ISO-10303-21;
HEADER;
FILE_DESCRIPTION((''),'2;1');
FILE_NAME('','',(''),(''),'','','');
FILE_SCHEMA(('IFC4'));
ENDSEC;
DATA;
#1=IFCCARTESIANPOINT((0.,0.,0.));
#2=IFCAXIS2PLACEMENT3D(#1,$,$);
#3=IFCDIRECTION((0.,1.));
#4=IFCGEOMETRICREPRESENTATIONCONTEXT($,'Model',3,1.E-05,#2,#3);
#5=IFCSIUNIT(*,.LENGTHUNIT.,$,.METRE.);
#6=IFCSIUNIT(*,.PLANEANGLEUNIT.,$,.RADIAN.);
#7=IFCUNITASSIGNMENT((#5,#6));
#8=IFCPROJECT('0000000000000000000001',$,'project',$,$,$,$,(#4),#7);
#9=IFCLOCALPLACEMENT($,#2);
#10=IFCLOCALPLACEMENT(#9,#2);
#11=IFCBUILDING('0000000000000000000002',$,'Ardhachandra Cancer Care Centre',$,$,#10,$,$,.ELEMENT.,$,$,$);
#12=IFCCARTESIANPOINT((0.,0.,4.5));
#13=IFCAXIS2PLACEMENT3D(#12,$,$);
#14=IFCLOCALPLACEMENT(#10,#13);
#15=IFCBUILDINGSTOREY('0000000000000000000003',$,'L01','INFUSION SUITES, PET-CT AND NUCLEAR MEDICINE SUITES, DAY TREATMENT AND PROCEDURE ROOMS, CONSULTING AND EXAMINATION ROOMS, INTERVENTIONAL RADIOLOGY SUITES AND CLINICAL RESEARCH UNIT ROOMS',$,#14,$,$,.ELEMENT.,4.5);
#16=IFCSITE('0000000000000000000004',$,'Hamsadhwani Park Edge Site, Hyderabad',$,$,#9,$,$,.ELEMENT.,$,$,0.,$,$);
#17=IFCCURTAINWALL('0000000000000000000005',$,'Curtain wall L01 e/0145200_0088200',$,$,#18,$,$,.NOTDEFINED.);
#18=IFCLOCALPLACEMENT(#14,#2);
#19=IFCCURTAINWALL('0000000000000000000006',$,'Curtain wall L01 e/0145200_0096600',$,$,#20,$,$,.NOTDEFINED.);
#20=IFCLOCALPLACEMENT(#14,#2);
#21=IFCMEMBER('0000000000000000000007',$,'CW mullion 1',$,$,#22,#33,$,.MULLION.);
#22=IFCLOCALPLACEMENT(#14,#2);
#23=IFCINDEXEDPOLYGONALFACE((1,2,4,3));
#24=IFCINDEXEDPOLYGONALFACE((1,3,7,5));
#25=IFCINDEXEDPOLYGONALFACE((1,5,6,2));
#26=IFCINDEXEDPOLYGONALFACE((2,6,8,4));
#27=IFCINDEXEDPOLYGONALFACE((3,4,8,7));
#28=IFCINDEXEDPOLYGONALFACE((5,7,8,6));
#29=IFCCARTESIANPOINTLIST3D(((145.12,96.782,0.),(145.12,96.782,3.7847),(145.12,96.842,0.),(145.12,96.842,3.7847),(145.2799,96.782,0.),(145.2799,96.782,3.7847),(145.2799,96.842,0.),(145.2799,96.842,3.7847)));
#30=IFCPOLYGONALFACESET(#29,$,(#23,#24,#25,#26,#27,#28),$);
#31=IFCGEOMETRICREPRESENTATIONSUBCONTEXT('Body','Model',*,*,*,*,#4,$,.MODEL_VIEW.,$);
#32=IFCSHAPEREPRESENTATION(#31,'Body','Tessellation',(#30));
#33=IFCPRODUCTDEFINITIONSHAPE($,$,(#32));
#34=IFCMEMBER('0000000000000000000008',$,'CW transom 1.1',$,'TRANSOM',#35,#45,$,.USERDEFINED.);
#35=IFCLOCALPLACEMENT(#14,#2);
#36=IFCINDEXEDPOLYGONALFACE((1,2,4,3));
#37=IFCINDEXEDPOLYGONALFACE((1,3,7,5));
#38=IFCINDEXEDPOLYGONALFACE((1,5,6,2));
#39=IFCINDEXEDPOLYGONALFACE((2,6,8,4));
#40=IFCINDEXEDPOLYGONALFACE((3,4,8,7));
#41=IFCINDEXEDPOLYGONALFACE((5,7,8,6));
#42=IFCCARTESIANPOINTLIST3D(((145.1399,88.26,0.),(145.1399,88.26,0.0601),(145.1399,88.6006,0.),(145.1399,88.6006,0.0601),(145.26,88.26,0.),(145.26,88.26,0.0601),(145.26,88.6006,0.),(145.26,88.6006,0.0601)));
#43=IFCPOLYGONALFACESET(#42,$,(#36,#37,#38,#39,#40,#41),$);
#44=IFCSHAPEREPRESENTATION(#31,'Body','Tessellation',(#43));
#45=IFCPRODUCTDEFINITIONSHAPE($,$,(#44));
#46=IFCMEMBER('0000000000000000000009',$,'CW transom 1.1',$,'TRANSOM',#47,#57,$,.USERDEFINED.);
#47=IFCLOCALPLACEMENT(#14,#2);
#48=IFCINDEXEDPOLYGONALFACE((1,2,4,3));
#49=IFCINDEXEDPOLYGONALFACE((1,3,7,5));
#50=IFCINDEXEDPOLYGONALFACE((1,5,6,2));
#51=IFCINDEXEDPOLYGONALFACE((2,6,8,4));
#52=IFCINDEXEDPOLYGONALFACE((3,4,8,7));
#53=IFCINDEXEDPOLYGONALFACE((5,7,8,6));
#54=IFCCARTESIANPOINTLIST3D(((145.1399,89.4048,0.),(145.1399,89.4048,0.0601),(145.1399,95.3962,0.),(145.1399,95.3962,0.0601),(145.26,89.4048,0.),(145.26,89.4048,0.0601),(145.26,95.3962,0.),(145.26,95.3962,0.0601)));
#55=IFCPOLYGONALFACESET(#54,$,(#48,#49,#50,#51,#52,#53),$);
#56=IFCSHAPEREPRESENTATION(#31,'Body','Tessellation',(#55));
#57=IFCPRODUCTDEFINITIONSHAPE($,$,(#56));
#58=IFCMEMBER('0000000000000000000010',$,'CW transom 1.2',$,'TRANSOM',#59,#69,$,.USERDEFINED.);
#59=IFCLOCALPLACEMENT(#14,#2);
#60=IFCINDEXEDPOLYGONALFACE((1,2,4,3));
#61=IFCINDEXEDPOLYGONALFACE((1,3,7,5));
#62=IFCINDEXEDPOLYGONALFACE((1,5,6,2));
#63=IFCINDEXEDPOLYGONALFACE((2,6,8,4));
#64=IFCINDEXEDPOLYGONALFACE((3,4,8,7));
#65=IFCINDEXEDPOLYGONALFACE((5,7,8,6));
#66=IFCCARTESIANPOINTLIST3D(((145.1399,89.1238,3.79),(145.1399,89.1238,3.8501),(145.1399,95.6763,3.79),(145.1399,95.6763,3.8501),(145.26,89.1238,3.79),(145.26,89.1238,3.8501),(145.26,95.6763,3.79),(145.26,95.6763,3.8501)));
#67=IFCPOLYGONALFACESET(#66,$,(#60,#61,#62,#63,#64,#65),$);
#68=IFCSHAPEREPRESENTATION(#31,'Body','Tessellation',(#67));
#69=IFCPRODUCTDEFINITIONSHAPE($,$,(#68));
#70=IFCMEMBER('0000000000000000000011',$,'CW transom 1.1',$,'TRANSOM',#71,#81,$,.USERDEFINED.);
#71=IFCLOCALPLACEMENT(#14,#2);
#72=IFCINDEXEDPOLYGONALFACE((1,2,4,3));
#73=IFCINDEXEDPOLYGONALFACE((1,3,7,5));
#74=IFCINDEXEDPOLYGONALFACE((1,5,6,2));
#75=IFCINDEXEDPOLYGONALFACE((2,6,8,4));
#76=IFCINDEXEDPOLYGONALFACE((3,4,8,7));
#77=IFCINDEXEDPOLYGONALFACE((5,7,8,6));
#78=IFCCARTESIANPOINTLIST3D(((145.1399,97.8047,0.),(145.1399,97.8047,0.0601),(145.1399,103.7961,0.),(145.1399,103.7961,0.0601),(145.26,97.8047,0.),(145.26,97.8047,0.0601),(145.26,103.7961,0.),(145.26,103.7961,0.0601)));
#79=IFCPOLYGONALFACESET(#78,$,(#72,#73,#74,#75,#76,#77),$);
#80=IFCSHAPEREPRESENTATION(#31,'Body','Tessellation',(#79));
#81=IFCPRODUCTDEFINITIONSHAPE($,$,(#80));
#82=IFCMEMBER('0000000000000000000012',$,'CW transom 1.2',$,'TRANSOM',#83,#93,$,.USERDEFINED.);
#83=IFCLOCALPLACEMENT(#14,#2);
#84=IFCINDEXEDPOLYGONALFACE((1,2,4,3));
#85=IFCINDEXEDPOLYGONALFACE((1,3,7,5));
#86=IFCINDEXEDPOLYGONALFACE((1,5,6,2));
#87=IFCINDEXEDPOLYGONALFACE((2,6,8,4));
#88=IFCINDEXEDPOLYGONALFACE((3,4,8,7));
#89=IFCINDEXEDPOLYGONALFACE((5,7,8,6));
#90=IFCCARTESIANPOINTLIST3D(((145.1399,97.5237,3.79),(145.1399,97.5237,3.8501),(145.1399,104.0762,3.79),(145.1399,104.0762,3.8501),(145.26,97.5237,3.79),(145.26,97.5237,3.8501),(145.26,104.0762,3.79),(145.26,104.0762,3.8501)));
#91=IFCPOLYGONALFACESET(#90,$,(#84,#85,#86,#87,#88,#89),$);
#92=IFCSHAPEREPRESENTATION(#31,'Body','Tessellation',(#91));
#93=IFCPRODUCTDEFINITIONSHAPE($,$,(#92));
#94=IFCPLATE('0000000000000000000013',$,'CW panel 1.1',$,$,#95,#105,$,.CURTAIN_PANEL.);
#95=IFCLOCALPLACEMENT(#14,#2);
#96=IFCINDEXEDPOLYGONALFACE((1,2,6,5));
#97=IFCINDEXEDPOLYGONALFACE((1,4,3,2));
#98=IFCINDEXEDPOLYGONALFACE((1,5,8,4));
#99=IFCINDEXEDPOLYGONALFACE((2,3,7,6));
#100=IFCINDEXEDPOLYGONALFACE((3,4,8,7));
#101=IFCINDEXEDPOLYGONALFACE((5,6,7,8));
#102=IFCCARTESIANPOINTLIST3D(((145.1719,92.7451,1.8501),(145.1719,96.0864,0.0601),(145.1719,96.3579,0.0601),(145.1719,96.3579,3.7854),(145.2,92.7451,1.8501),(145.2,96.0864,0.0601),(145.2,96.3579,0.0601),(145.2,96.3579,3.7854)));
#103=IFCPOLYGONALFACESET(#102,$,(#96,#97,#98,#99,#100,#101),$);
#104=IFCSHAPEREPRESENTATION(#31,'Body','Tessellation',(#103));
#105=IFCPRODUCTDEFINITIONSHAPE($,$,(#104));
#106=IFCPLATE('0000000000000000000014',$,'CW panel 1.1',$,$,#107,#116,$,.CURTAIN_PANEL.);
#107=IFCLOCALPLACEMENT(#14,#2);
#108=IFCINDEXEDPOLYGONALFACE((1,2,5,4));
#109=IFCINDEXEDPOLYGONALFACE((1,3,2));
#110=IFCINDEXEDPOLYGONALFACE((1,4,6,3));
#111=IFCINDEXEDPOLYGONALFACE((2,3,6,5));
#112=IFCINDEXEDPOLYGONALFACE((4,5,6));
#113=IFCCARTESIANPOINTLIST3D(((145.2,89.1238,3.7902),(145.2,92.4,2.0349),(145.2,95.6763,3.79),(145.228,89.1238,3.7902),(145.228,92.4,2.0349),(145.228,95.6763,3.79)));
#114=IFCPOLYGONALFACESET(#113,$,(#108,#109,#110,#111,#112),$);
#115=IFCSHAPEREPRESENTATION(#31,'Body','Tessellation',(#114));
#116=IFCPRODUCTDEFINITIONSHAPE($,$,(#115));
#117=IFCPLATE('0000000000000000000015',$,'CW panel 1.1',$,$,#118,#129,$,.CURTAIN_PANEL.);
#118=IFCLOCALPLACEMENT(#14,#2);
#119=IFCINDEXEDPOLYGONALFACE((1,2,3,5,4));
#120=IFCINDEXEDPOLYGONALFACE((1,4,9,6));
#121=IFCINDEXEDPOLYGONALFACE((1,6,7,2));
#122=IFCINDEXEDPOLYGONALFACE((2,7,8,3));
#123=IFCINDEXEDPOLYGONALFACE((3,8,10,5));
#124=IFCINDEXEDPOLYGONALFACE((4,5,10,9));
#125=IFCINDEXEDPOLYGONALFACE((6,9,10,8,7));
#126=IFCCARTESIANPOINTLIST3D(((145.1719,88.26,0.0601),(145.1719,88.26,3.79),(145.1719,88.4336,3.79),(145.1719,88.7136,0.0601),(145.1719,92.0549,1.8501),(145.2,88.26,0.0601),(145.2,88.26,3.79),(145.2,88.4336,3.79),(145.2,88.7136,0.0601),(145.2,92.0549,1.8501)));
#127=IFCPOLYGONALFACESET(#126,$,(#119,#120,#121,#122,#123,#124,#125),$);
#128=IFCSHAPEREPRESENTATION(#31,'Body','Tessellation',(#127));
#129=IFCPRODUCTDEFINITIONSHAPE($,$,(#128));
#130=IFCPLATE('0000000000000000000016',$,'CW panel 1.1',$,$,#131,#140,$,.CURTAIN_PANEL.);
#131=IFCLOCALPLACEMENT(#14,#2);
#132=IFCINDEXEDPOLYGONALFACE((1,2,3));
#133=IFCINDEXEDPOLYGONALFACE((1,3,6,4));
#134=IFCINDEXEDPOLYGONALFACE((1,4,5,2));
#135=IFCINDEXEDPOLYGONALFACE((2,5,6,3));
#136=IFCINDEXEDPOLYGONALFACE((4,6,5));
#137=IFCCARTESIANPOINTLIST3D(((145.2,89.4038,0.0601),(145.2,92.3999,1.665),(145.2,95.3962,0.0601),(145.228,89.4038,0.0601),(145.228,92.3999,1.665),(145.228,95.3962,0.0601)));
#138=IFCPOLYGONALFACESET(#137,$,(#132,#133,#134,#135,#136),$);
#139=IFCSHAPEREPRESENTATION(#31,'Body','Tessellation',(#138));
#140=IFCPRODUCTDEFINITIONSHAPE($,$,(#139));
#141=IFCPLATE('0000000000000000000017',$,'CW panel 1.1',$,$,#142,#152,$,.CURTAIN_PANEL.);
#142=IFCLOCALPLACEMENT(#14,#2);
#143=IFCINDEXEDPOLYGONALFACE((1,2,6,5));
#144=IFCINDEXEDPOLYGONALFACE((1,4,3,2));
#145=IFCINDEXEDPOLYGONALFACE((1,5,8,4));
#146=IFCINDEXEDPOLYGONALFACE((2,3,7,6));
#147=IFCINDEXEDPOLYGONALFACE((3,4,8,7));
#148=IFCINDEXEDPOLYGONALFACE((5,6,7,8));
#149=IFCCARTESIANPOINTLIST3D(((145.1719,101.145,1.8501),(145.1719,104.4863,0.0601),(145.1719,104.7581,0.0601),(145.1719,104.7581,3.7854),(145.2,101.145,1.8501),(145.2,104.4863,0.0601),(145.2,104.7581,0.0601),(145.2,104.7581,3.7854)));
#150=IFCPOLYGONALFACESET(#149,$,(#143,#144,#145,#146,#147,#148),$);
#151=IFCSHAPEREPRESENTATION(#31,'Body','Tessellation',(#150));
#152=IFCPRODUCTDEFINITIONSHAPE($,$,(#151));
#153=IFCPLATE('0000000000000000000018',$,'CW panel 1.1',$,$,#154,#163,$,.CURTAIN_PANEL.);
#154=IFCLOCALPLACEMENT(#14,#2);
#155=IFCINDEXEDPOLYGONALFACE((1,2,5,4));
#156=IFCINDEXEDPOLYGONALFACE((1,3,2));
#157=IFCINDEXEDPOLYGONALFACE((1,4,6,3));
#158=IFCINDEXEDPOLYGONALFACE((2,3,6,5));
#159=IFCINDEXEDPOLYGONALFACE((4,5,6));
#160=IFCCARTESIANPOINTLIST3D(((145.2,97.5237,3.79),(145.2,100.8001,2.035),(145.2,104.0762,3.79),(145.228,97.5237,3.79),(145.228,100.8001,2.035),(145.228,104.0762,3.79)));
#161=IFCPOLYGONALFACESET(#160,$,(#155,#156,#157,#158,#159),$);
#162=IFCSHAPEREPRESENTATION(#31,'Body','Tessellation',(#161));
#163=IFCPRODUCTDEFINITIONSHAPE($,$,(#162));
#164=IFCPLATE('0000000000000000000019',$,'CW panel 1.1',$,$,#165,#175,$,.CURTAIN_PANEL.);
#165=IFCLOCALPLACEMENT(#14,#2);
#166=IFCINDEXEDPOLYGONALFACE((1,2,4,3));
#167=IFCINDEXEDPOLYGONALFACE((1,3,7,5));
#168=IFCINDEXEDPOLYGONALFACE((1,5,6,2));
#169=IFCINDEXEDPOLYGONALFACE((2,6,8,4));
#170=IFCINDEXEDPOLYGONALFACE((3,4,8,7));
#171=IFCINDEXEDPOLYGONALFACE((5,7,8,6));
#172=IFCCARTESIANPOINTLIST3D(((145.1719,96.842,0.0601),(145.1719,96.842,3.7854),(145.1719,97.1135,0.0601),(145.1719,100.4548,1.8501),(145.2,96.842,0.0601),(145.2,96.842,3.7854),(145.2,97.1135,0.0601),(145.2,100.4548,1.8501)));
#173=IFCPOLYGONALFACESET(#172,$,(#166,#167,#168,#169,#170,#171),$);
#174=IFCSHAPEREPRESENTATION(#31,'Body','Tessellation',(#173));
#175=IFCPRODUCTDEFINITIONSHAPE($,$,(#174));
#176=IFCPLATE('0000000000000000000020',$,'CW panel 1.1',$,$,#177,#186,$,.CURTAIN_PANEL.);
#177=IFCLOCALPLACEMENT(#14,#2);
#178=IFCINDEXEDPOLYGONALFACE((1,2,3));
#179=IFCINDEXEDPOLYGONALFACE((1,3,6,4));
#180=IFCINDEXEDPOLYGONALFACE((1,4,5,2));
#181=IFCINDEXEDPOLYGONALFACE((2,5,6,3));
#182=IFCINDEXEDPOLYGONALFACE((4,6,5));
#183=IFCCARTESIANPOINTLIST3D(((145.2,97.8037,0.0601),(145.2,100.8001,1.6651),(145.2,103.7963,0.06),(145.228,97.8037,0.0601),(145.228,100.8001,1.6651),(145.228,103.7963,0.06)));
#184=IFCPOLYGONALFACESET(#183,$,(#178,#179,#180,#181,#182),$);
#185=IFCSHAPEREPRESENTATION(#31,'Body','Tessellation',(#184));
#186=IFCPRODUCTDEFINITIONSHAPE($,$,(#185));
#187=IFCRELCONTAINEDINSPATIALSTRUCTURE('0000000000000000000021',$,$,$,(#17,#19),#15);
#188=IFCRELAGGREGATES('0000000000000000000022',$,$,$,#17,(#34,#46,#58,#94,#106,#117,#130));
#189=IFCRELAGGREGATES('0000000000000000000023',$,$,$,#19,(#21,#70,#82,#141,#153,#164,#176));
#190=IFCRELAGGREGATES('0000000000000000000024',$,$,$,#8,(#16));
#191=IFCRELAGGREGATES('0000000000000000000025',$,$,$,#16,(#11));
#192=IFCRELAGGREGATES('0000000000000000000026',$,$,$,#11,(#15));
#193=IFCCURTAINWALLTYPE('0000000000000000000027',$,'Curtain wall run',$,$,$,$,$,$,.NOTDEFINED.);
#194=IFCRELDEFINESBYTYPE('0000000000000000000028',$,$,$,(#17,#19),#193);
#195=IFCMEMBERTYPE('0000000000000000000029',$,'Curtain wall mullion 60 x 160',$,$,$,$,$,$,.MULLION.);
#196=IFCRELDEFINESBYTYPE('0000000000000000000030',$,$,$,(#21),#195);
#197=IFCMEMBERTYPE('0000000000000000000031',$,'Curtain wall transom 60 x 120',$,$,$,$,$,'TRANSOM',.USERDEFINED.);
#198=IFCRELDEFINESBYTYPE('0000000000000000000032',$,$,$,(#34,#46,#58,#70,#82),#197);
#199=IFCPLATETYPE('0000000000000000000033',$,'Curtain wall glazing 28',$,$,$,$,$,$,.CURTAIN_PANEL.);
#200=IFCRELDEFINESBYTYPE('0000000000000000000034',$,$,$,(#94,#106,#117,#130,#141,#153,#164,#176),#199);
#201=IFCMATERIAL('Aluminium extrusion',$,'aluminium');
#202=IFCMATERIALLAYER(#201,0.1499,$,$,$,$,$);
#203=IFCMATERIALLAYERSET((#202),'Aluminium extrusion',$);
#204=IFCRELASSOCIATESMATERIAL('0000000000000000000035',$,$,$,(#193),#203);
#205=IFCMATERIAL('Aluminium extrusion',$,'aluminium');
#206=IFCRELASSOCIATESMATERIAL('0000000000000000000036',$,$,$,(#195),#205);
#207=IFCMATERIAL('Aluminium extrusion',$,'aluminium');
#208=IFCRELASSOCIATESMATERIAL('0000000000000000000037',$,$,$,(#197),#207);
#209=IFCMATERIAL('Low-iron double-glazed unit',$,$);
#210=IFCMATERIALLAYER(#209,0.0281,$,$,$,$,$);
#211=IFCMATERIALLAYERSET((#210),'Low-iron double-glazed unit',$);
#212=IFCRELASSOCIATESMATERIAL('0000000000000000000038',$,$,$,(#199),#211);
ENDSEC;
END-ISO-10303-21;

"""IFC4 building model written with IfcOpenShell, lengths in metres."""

from ifc_helpers import new_model, si_unit, direction, frame, origin, origin_2d, place, context, subcontext, project, spatial, polyline, rectangle, outline, extrude, material, layer, layer_set, material_profile, profile_set, type_object, element, aggregate, save


model = new_model("IFC4")

# Units and contexts
model_context = context("Model", 3, precision=1e-05, world=origin(), true_north=direction((0.0, 1.0)))
body_context = subcontext(model_context, "Body", "Model", "MODEL_VIEW")
ifc_project = project(units=[si_unit("LENGTHUNIT", "METRE"), si_unit("PLANEANGLEUNIT", "RADIAN")], contexts=[model_context])

# Site, building, storey
site_placement = place(None, origin())
site = spatial("IfcSite", under=ifc_project, at=site_placement, Name="Hamsadhwani Park Edge Site, Hyderabad", CompositionType="ELEMENT", RefElevation=0.0)
building_placement = place(site_placement, origin())
building = spatial("IfcBuilding", under=site, at=building_placement, Name="Ardhachandra Cancer Care Centre", CompositionType="ELEMENT")
storey_placement = place(building_placement, frame((0.0, 0.0, 4.5)))
storey = spatial("IfcBuildingStorey", under=building, at=storey_placement, Name="L01", Description="INFUSION SUITES, PET-CT AND NUCLEAR MEDICINE SUITES, DAY TREATMENT AND PROCEDURE ROOMS, CONSULTING AND EXAMINATION ROOMS, INTERVENTIONAL RADIOLOGY SUITES AND CLINICAL RESEARCH UNIT ROOMS", CompositionType="ELEMENT", Elevation=4.5)

# Curtain wall
ifc_material_1 = material(Name="Aluminium extrusion", Category="aluminium")
ifc_layer_1 = layer(ifc_material_1, 0.1499)
ifc_layer_set_1 = layer_set([ifc_layer_1], Name="Aluminium extrusion")
curtain_wall_type = type_object("IfcCurtainWallType", Name="Curtain wall run", PredefinedType="NOTDEFINED", material=ifc_layer_set_1)
curtain_wall_1_placement = place(storey_placement, origin())
curtain_wall_1 = element("IfcCurtainWall", 1, at=curtain_wall_1_placement, inside=storey, type_object=curtain_wall_type, Name="Curtain wall L01 e/0145200_0088200", PredefinedType="NOTDEFINED")
ifc_material_2 = material(Name="Aluminium extrusion", Category="aluminium")
ifc_material_profile_1 = material_profile(ifc_material_2, rectangle(XDim=0.1599, YDim=0.0601, at=origin_2d()), Name="Curtain wall mullion 60 x 160")
ifc_profile_set_1 = profile_set([ifc_material_profile_1], Name="Aluminium extrusion")
member_type_1 = type_object("IfcMemberType", Name="Curtain wall mullion 60 x 160", PredefinedType="MULLION", material=ifc_profile_set_1)

# Curtain wall, member
curtain_wall_2_placement = place(storey_placement, origin())
curtain_wall_2 = element("IfcCurtainWall", 2, at=curtain_wall_2_placement, inside=storey, type_object=curtain_wall_type, Name="Curtain wall L01 e/0145200_0096600", PredefinedType="NOTDEFINED")
member_1_placement = place(storey_placement, frame((145.2, 96.812, 0.0), z_axis=(0.0, 0.0, 1.0), x_axis=(-1.0, 0.0, 0.0)))
member_1 = element("IfcMember", 3, at=member_1_placement, type_object=member_type_1, Name="CW mullion 1", PredefinedType="MULLION", context=body_context, shape_type="SweptSolid", body=[
    extrude(rectangle(XDim=0.1599, YDim=0.0601, at=origin_2d()), origin(), (0.0, 0.0, 1.0), 3.7847),
])

# Members
ifc_material_3 = material(Name="Aluminium extrusion", Category="aluminium")
ifc_material_profile_2 = material_profile(ifc_material_3, rectangle(XDim=0.1201, YDim=0.0601, at=origin_2d()), Name="Curtain wall transom 60 x 120")
ifc_profile_set_2 = profile_set([ifc_material_profile_2], Name="Aluminium extrusion")
member_type_2 = type_object("IfcMemberType", Name="Curtain wall transom 60 x 120", ElementType="TRANSOM", PredefinedType="USERDEFINED", material=ifc_profile_set_2)
member_2_placement = place(storey_placement, frame((145.2, 88.26, 0.03), z_axis=(0.0, 1.0, 0.0), x_axis=(-1.0, 0.0, 0.0)))
member_2 = element("IfcMember", 4, at=member_2_placement, type_object=member_type_2, Name="CW transom 1.1", ObjectType="TRANSOM", PredefinedType="USERDEFINED", context=body_context, shape_type="SweptSolid", body=[
    extrude(rectangle(XDim=0.1201, YDim=0.0601, at=origin_2d()), origin(), (0.0, 0.0, 1.0), 0.3406),
])
member_3_placement = place(storey_placement, frame((145.2, 89.4048, 0.03), z_axis=(0.0, 1.0, 0.0), x_axis=(-1.0, 0.0, 0.0)))
member_3 = element("IfcMember", 5, at=member_3_placement, type_object=member_type_2, Name="CW transom 1.1", ObjectType="TRANSOM", PredefinedType="USERDEFINED", context=body_context, shape_type="SweptSolid", body=[
    extrude(rectangle(XDim=0.1201, YDim=0.0601, at=origin_2d()), origin(), (0.0, 0.0, 1.0), 5.9915),
])
member_4_placement = place(storey_placement, frame((145.2, 89.1238, 3.8201), z_axis=(0.0, 1.0, 0.0), x_axis=(-1.0, 0.0, 0.0)))
member_4 = element("IfcMember", 6, at=member_4_placement, type_object=member_type_2, Name="CW transom 1.2", ObjectType="TRANSOM", PredefinedType="USERDEFINED", context=body_context, shape_type="SweptSolid", body=[
    extrude(rectangle(XDim=0.1201, YDim=0.0601, at=origin_2d()), origin(), (0.0, 0.0, 1.0), 6.5525),
])
member_5_placement = place(storey_placement, frame((145.2, 97.8047, 0.03), z_axis=(0.0, 1.0, 0.0), x_axis=(-1.0, 0.0, 0.0)))
member_5 = element("IfcMember", 7, at=member_5_placement, type_object=member_type_2, Name="CW transom 1.1", ObjectType="TRANSOM", PredefinedType="USERDEFINED", context=body_context, shape_type="SweptSolid", body=[
    extrude(rectangle(XDim=0.1201, YDim=0.0601, at=origin_2d()), origin(), (0.0, 0.0, 1.0), 5.9915),
])
member_6_placement = place(storey_placement, frame((145.2, 97.5237, 3.8201), z_axis=(0.0, 1.0, 0.0), x_axis=(-1.0, 0.0, 0.0)))
member_6 = element("IfcMember", 8, at=member_6_placement, type_object=member_type_2, Name="CW transom 1.2", ObjectType="TRANSOM", PredefinedType="USERDEFINED", context=body_context, shape_type="SweptSolid", body=[
    extrude(rectangle(XDim=0.1201, YDim=0.0601, at=origin_2d()), origin(), (0.0, 0.0, 1.0), 6.5525),
])

# Plates
ifc_material_4 = material(Name="Low-iron double-glazed unit")
ifc_layer_2 = layer(ifc_material_4, 0.0281)
ifc_layer_set_2 = layer_set([ifc_layer_2], Name="Low-iron double-glazed unit")
plate_type = type_object("IfcPlateType", Name="Curtain wall glazing 28", PredefinedType="CURTAIN_PANEL", material=ifc_layer_set_2)
plate_1_placement = place(storey_placement, frame((145.2, 96.3579, 0.0601), z_axis=(-1.0, 0.0, 0.0), x_axis=(0.0, -1.0, 0.0)))
plate_1 = element("IfcPlate", 9, at=plate_1_placement, type_object=plate_type, Name="CW panel 1.1", PredefinedType="CURTAIN_PANEL", context=body_context, shape_type="SweptSolid", body=[
    extrude(outline(polyline([(0.0, 0.0), (0.2715, 0.0), (3.6128, 1.79), (0.0, 3.7253), (0.0, 0.0)])), origin(), (0.0, 0.0, 1.0), 0.0281),
])
plate_2_placement = place(storey_placement, frame((145.2, 95.6763, 3.79), z_axis=(-1.0, 0.0, 0.0), x_axis=(0.0, -0.881488, -0.472207)))
plate_2 = element("IfcPlate", 10, at=plate_2_placement, type_object=plate_type, Name="CW panel 1.1", PredefinedType="CURTAIN_PANEL", context=body_context, shape_type="SweptSolid", body=[
    extrude(outline(polyline([(0.0, 0.0), (3.7168, 0.0), (5.7759, 3.0942), (0.0, 0.0)])), frame((0.0, 0.0, -0.0281)), (0.0, 0.0, 1.0), 0.0281),
])
plate_3_placement = place(storey_placement, frame((145.2, 88.26, 0.0601), z_axis=(-1.0, 0.0, 0.0), x_axis=(0.0, 0.0, 1.0)))
plate_3 = element("IfcPlate", 11, at=plate_3_placement, type_object=plate_type, Name="CW panel 1.1", PredefinedType="CURTAIN_PANEL", context=body_context, shape_type="SweptSolid", body=[
    extrude(outline(polyline([(0.0, 0.0), (3.73, 0.0), (3.73, 0.1736), (1.79, 3.7949), (0.0, 0.4536), (0.0, 0.0)])), origin(), (0.0, 0.0, 1.0), 0.0281),
])
plate_4_placement = place(storey_placement, frame((145.2, 89.4038, 0.0601), z_axis=(-1.0, 0.0, 0.0), x_axis=(0.0, 0.881489, 0.472205)))
plate_4 = element("IfcPlate", 12, at=plate_4_placement, type_object=plate_type, Name="CW panel 1.1", PredefinedType="CURTAIN_PANEL", context=body_context, shape_type="SweptSolid", body=[
    extrude(outline(polyline([(0.0, 0.0), (3.3989, 0.0), (5.2822, 2.8296), (0.0, 0.0)])), frame((0.0, 0.0, -0.0281)), (0.0, 0.0, 1.0), 0.0281),
])
aggregate(curtain_wall_1, [member_2, member_3, member_4, plate_1, plate_2, plate_3, plate_4])
plate_5_placement = place(storey_placement, frame((145.2, 104.7581, 0.0601), z_axis=(-1.0, 0.0, 0.0), x_axis=(0.0, -1.0, 0.0)))
plate_5 = element("IfcPlate", 13, at=plate_5_placement, type_object=plate_type, Name="CW panel 1.1", PredefinedType="CURTAIN_PANEL", context=body_context, shape_type="SweptSolid", body=[
    extrude(outline(polyline([(0.0, 0.0), (0.2717, 0.0), (3.613, 1.79), (0.0, 3.7253), (0.0, 0.0)])), origin(), (0.0, 0.0, 1.0), 0.0281),
])
plate_6_placement = place(storey_placement, frame((145.2, 104.0762, 3.79), z_axis=(-1.0, 0.0, 0.0), x_axis=(0.0, -0.881473, -0.472234)))
plate_6 = element("IfcPlate", 14, at=plate_6_placement, type_object=plate_type, Name="CW panel 1.1", PredefinedType="CURTAIN_PANEL", context=body_context, shape_type="SweptSolid", body=[
    extrude(outline(polyline([(0.0, 0.0), (3.7166, 0.0), (5.7759, 3.0942), (0.0, 0.0)])), frame((0.0, 0.0, -0.0281)), (0.0, 0.0, 1.0), 0.0281),
])
plate_7_placement = place(storey_placement, frame((145.2, 96.842, 0.0601), z_axis=(-1.0, 0.0, 0.0), x_axis=(0.0, 0.0, 1.0)))
plate_7 = element("IfcPlate", 15, at=plate_7_placement, type_object=plate_type, Name="CW panel 1.1", PredefinedType="CURTAIN_PANEL", context=body_context, shape_type="SweptSolid", body=[
    extrude(outline(polyline([(0.0, 0.0), (3.7253, 0.0), (1.79, 3.6128), (0.0, 0.2715), (0.0, 0.0)])), origin(), (0.0, 0.0, 1.0), 0.0281),
])
plate_8_placement = place(storey_placement, frame((145.2, 97.8037, 0.0601), z_axis=(-1.0, 0.0, 0.0), x_axis=(0.0, 0.881505, 0.472176)))
plate_8 = element("IfcPlate", 16, at=plate_8_placement, type_object=plate_type, Name="CW panel 1.1", PredefinedType="CURTAIN_PANEL", context=body_context, shape_type="SweptSolid", body=[
    extrude(outline(polyline([(0.0, 0.0), (3.3992, 0.0), (5.2825, 2.8296), (0.0, 0.0)])), frame((0.0, 0.0, -0.0281)), (0.0, 0.0, 1.0), 0.0281),
])
aggregate(curtain_wall_2, [member_1, member_5, member_6, plate_5, plate_6, plate_7, plate_8])

save(model, "model.ifc")
